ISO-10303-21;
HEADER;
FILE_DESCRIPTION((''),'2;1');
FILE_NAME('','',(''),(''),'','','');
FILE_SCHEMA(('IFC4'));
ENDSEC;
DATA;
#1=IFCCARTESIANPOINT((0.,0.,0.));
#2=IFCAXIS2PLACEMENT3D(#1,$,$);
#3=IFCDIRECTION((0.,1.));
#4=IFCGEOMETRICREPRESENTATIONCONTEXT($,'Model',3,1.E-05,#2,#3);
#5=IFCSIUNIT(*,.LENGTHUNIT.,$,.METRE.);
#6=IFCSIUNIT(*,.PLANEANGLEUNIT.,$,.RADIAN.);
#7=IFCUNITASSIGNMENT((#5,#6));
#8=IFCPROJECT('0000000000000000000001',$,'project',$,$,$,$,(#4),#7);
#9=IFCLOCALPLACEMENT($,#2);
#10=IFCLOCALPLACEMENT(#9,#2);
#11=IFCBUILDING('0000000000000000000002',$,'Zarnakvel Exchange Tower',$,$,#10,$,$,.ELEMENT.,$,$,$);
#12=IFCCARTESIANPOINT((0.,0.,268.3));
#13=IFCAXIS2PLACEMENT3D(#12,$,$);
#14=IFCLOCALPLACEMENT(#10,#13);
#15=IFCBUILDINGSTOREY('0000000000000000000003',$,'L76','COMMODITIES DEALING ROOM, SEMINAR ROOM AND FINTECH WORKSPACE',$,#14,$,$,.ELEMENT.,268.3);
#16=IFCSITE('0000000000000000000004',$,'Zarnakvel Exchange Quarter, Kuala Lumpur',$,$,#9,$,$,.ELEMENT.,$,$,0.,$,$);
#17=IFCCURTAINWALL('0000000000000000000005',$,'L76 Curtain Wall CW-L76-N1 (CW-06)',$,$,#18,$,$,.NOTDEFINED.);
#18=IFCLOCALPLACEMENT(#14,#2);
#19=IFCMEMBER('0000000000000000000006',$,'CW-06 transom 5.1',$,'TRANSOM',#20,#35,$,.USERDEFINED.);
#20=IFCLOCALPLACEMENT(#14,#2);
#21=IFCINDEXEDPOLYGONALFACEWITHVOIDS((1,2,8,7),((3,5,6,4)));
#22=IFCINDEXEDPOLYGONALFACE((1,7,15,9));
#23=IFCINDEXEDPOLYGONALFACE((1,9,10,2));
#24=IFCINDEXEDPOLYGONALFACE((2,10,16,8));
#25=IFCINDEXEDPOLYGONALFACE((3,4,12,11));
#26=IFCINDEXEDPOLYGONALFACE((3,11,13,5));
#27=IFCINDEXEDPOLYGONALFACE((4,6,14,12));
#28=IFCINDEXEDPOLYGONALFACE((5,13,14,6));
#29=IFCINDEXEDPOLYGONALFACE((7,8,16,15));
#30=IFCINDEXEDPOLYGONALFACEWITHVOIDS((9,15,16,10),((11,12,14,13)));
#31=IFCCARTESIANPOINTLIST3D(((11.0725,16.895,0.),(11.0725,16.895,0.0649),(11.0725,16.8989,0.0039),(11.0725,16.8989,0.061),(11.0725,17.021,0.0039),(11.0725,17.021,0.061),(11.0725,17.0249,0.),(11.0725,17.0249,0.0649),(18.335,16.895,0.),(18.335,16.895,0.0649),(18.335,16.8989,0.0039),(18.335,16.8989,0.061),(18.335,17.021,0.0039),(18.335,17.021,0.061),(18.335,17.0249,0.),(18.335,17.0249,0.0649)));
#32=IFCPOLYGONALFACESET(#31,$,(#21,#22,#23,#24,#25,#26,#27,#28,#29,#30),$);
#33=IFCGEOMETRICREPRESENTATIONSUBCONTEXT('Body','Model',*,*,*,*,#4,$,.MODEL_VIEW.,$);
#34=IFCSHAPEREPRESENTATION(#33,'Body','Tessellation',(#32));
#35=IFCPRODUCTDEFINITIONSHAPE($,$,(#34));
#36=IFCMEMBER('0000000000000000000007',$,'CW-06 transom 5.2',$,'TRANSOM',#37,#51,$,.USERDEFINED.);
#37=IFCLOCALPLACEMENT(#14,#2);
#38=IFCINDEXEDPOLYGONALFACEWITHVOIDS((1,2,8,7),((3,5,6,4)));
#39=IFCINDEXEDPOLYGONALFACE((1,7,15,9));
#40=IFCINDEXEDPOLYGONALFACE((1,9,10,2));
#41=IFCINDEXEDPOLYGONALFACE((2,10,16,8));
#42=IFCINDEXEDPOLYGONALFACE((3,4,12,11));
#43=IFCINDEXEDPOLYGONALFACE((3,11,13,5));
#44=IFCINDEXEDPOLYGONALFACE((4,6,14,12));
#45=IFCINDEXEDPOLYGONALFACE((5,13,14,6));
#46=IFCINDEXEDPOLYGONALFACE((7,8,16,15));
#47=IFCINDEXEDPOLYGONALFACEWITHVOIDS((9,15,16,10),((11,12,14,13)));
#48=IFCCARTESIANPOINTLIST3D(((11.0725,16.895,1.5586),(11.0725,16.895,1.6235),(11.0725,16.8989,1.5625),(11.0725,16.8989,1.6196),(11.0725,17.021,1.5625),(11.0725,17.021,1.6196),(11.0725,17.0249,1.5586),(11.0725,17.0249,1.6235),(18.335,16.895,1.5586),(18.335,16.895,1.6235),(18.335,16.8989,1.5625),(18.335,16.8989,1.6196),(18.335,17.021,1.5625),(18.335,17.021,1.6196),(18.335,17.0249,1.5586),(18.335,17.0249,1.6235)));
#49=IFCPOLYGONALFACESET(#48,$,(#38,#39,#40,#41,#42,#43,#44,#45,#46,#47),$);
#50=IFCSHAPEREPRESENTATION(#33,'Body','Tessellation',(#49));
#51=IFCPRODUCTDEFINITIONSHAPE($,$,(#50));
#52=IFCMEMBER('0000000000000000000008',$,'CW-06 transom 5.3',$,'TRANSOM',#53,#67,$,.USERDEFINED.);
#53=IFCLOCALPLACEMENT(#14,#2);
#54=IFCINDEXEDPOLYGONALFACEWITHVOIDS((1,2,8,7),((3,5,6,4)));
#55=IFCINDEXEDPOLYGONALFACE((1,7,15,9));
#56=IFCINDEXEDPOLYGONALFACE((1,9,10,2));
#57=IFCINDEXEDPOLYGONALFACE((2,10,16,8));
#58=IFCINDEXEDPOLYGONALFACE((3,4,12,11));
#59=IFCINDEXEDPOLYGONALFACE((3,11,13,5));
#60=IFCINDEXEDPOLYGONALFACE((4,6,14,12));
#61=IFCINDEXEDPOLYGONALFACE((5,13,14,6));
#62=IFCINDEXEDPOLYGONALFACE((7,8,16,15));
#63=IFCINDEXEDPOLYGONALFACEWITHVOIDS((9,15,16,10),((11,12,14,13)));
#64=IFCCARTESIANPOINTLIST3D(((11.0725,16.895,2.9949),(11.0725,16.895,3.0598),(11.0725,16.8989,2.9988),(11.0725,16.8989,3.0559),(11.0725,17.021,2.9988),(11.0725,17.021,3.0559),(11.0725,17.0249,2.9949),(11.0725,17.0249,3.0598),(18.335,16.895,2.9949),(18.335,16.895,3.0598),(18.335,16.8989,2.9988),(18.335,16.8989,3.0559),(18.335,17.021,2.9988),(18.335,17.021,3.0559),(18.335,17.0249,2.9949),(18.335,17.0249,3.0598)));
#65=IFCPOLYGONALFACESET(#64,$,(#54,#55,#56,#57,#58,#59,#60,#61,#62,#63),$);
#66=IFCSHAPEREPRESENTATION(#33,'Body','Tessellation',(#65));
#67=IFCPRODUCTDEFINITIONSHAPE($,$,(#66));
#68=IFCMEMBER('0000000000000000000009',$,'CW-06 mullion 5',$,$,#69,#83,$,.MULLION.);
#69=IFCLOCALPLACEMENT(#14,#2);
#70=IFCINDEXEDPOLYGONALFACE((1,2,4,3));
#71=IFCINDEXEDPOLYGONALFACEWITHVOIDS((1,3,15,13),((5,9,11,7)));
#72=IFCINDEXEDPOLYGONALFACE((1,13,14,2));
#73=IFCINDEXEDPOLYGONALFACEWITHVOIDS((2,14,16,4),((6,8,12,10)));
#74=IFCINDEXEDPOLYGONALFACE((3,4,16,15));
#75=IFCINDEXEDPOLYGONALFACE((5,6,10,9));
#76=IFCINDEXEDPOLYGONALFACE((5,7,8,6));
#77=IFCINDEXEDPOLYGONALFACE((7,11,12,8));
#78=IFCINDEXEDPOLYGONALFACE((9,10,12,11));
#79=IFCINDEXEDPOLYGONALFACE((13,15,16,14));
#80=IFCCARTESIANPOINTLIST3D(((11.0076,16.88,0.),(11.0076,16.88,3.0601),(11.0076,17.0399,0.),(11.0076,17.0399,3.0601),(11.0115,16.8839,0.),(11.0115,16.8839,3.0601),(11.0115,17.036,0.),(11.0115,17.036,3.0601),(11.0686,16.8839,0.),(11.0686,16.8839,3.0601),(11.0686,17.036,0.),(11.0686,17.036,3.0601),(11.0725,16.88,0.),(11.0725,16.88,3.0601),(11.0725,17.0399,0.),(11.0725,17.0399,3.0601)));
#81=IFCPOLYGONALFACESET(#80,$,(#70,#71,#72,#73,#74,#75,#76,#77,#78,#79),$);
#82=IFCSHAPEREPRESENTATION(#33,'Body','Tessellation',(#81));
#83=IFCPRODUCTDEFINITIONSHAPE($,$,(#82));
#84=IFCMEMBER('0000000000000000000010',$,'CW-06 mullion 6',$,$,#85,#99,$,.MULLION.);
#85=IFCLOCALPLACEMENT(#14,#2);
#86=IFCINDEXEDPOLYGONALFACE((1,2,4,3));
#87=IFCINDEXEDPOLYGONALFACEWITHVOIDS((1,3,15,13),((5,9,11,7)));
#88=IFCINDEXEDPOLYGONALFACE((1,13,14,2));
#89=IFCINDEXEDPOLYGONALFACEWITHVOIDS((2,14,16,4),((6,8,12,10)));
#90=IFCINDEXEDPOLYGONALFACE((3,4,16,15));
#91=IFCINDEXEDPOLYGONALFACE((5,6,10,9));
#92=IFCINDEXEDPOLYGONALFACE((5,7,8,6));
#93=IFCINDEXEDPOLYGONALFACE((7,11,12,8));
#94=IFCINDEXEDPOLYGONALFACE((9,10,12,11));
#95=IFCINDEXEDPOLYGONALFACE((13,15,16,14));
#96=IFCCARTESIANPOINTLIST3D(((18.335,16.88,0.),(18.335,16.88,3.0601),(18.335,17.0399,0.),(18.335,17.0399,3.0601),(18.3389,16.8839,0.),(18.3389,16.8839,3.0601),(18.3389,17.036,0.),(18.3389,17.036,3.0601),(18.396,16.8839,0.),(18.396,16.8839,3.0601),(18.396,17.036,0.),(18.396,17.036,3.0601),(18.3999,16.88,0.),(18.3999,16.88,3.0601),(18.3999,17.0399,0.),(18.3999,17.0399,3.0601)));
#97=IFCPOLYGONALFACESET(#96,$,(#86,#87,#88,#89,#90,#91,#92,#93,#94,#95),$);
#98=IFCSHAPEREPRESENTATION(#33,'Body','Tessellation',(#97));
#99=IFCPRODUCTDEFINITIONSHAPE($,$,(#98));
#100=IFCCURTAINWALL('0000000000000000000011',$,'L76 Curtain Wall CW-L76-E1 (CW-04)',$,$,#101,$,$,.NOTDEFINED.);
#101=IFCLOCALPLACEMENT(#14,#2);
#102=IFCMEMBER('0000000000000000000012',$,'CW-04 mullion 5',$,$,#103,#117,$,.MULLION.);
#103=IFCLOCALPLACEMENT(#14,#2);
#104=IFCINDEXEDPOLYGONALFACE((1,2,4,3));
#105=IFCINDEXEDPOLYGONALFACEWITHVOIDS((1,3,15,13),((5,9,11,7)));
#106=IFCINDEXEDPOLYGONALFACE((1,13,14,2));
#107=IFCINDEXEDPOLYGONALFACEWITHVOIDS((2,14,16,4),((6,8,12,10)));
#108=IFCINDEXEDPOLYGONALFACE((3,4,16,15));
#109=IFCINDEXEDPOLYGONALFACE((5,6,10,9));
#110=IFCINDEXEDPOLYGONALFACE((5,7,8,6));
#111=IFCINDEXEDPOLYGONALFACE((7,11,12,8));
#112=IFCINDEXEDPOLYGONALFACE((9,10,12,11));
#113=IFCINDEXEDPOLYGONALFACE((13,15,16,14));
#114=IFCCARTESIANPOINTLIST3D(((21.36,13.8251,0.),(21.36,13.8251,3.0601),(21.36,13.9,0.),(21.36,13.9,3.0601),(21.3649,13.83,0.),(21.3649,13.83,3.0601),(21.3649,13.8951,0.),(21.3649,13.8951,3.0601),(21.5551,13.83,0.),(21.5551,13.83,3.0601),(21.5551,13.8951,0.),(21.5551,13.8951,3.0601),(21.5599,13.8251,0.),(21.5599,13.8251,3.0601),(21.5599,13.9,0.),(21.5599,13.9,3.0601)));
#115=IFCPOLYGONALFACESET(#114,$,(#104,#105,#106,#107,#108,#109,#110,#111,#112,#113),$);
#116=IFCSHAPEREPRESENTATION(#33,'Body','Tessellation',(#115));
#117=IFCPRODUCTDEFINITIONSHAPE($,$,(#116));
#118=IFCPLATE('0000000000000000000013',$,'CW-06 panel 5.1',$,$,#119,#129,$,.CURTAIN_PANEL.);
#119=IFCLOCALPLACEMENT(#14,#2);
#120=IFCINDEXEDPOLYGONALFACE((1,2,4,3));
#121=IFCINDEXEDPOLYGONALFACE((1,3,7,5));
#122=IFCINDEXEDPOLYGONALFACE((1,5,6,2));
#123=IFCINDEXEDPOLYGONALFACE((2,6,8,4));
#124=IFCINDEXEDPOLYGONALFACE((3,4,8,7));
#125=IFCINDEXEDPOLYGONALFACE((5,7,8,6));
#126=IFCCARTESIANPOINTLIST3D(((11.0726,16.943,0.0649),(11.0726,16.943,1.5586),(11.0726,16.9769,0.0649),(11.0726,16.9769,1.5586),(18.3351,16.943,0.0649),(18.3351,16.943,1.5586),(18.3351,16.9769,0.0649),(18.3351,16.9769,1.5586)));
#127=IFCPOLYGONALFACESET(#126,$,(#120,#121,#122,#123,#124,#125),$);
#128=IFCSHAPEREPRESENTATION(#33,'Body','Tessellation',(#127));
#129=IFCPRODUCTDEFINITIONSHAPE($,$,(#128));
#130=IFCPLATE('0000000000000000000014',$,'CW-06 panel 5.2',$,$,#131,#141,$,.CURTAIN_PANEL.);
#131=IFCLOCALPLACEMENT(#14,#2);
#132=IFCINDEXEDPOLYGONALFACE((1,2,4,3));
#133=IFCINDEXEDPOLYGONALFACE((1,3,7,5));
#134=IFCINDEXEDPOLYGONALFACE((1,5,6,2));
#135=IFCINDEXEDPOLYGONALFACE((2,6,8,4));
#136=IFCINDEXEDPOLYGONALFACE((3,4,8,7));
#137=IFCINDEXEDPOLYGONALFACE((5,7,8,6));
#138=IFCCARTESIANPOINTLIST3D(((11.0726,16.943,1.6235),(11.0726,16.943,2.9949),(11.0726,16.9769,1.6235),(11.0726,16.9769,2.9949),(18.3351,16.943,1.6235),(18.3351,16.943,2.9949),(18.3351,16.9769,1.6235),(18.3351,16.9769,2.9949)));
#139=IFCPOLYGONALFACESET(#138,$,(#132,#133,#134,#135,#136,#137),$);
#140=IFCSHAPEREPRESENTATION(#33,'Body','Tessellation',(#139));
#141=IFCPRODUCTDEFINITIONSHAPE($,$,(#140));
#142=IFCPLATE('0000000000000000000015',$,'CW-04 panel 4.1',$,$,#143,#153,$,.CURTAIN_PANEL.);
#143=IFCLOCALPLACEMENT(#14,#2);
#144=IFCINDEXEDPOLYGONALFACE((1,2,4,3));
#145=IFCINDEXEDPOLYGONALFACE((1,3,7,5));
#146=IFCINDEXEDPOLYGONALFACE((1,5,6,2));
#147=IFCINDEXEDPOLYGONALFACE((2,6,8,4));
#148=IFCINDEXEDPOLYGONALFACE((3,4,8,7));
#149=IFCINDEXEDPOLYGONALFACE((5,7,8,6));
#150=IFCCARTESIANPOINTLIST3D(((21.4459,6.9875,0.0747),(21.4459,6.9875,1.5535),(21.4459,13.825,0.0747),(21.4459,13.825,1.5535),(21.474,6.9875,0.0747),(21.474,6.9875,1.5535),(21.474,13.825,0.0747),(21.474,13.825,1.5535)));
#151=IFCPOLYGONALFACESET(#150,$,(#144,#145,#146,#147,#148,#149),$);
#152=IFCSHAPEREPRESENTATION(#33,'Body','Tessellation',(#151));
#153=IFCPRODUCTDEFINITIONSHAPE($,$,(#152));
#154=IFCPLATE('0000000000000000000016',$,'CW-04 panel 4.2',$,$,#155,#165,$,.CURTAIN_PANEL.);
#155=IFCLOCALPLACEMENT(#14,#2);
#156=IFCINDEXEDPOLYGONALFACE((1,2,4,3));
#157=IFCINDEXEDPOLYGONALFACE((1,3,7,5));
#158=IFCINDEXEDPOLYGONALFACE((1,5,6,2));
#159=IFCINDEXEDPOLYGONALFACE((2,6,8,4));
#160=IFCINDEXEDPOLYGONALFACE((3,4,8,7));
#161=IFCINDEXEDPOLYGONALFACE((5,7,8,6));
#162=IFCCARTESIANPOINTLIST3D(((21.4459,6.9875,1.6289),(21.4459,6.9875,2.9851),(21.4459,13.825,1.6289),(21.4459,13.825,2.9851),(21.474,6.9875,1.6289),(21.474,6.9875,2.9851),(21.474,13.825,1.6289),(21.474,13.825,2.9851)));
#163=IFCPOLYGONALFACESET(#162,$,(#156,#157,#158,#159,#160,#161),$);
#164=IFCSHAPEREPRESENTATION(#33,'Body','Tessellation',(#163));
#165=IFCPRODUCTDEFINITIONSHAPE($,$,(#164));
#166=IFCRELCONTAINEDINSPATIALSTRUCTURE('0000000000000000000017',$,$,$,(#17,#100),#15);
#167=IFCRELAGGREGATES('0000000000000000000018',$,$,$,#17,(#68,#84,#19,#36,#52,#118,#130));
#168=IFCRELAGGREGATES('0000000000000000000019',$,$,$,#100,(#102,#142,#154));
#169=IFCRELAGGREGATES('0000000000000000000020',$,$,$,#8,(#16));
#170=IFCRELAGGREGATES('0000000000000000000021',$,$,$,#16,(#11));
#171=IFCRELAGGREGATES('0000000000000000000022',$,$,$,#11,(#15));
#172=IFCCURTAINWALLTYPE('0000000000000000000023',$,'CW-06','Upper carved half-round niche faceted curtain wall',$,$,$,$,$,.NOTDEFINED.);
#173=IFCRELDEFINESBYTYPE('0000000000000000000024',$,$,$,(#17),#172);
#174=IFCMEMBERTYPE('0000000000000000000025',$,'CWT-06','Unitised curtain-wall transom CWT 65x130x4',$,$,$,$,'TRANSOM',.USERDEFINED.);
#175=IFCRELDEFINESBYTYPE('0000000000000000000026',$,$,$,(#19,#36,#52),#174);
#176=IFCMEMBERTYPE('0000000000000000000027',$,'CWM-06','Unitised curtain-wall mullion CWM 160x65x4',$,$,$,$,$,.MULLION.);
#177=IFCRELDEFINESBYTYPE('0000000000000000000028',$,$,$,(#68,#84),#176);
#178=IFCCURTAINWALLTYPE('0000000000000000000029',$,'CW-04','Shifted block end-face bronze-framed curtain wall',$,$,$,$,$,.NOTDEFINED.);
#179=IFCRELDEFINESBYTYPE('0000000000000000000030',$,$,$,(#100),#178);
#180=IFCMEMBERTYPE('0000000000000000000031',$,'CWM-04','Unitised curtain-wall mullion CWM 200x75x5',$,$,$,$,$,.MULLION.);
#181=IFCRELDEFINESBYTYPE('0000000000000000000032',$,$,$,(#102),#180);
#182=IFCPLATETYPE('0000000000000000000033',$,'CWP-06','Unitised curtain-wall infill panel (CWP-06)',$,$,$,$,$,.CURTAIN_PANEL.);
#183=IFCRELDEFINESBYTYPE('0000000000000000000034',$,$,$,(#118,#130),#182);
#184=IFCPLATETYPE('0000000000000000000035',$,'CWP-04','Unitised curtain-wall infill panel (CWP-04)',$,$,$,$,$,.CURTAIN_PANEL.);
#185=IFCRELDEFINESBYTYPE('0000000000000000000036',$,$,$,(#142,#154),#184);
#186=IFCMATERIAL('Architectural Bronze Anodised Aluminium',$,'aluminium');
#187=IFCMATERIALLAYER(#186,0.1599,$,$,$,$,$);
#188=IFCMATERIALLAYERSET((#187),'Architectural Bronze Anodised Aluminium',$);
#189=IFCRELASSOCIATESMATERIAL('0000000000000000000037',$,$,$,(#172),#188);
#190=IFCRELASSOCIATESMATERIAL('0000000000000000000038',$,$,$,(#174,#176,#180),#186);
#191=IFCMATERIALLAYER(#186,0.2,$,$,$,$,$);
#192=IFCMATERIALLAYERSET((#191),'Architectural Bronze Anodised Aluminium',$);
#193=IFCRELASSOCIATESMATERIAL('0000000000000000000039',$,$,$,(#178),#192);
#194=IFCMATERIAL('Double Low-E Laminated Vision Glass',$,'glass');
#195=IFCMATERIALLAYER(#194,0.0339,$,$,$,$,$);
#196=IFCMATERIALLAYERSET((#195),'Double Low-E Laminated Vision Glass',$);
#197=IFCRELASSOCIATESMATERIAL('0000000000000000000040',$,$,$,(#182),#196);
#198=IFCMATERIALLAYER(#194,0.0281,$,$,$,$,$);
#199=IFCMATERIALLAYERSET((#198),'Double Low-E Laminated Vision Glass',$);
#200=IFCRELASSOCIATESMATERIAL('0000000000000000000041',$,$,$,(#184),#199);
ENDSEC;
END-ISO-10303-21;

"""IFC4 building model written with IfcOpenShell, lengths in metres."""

from ifc_helpers import new_model, si_unit, direction, frame, origin, origin_2d, place, context, subcontext, project, spatial, rectangle, hollow_rectangle, extrude, source, transform, mapped, material, layer, layer_set, material_profile, profile_set, type_object, element, aggregate, save


model = new_model("IFC4")

# Units and contexts
model_context = context("Model", 3, precision=1e-05, world=origin(), true_north=direction((0.0, 1.0)))
body_context = subcontext(model_context, "Body", "Model", "MODEL_VIEW")
ifc_project = project(units=[si_unit("LENGTHUNIT", "METRE"), si_unit("PLANEANGLEUNIT", "RADIAN")], contexts=[model_context])

# Site, building, storey
site_placement = place(None, origin())
site = spatial("IfcSite", under=ifc_project, at=site_placement, Name="Zarnakvel Exchange Quarter, Kuala Lumpur", CompositionType="ELEMENT", RefElevation=0.0)
building_placement = place(site_placement, origin())
building = spatial("IfcBuilding", under=site, at=building_placement, Name="Zarnakvel Exchange Tower", CompositionType="ELEMENT")
storey_placement = place(building_placement, frame((0.0, 0.0, 268.3)))
storey = spatial("IfcBuildingStorey", under=building, at=storey_placement, Name="L76", Description="COMMODITIES DEALING ROOM, SEMINAR ROOM AND FINTECH WORKSPACE", CompositionType="ELEMENT", Elevation=268.3)

# Curtain wall, members
ifc_material_1 = material(Name="Architectural Bronze Anodised Aluminium", Category="aluminium")
ifc_layer_1 = layer(ifc_material_1, 0.1599)
ifc_layer_set_1 = layer_set([ifc_layer_1], Name="Architectural Bronze Anodised Aluminium")
curtain_wall_type_1 = type_object("IfcCurtainWallType", Name="CW-06", Description="Upper carved half-round niche faceted curtain wall", PredefinedType="NOTDEFINED", material=ifc_layer_set_1)
curtain_wall_1_placement = place(storey_placement, origin())
curtain_wall_1 = element("IfcCurtainWall", 1, at=curtain_wall_1_placement, inside=storey, type_object=curtain_wall_type_1, Name="L76 Curtain Wall CW-L76-N1 (CW-06)", PredefinedType="NOTDEFINED")
ifc_material_profile_1 = material_profile(ifc_material_1, hollow_rectangle(XDim=0.1299, YDim=0.0649, WallThickness=0.0039, at=origin_2d()))
ifc_profile_set_1 = profile_set([ifc_material_profile_1], Name="Architectural Bronze Anodised Aluminium")
member_type_1 = type_object("IfcMemberType", Name="CWT-06", Description="Unitised curtain-wall transom CWT 65x130x4", ElementType="TRANSOM", PredefinedType="USERDEFINED", material=ifc_profile_set_1)
shared_shape_1 = source(origin(), body_context, "Body", "SweptSolid", [
    extrude(hollow_rectangle(XDim=0.1299, YDim=0.0649, WallThickness=0.0039, at=origin_2d()), origin(), (0.0, 0.0, 1.0), 7.2625),
])
member_1_placement = place(storey_placement, frame((11.0725, 16.96, 0.0325), z_axis=(1.0, 0.0, 0.0), x_axis=(0.0, 1.0, 0.0)))
member_1 = element("IfcMember", 2, at=member_1_placement, type_object=member_type_1, Name="CW-06 transom 5.1", ObjectType="TRANSOM", PredefinedType="USERDEFINED", context=body_context, shape_type="MappedRepresentation", body=[
    mapped(shared_shape_1, transform((0.0, 0.0, 0.0), x_axis=(1.0, 0.0, 0.0), y_axis=(0.0, 1.0, 0.0), z_axis=(0.0, 0.0, 1.0), scale=1.0)),
])
member_2_placement = place(storey_placement, frame((11.0725, 16.96, 1.5911), z_axis=(1.0, 0.0, 0.0), x_axis=(0.0, 1.0, 0.0)))
member_2 = element("IfcMember", 3, at=member_2_placement, type_object=member_type_1, Name="CW-06 transom 5.2", ObjectType="TRANSOM", PredefinedType="USERDEFINED", context=body_context, shape_type="MappedRepresentation", body=[
    mapped(shared_shape_1, transform((0.0, 0.0, 0.0), x_axis=(1.0, 0.0, 0.0), y_axis=(0.0, 1.0, 0.0), z_axis=(0.0, 0.0, 1.0), scale=1.0)),
])
member_3_placement = place(storey_placement, frame((11.0725, 16.96, 3.0273), z_axis=(1.0, 0.0, 0.0), x_axis=(0.0, 1.0, 0.0)))
member_3 = element("IfcMember", 4, at=member_3_placement, type_object=member_type_1, Name="CW-06 transom 5.3", ObjectType="TRANSOM", PredefinedType="USERDEFINED", context=body_context, shape_type="MappedRepresentation", body=[
    mapped(shared_shape_1, transform((0.0, 0.0, 0.0), x_axis=(1.0, 0.0, 0.0), y_axis=(0.0, 1.0, 0.0), z_axis=(0.0, 0.0, 1.0), scale=1.0)),
])
ifc_material_profile_2 = material_profile(ifc_material_1, hollow_rectangle(XDim=0.1599, YDim=0.0649, WallThickness=0.0039, at=origin_2d()))
ifc_profile_set_2 = profile_set([ifc_material_profile_2], Name="Architectural Bronze Anodised Aluminium")
member_type_2 = type_object("IfcMemberType", Name="CWM-06", Description="Unitised curtain-wall mullion CWM 160x65x4", PredefinedType="MULLION", material=ifc_profile_set_2)
shared_shape_2 = source(origin(), body_context, "Body", "SweptSolid", [
    extrude(hollow_rectangle(XDim=0.1599, YDim=0.0649, WallThickness=0.0039, at=origin_2d()), origin(), (0.0, 0.0, 1.0), 3.0601),
])
member_4_placement = place(storey_placement, frame((11.04, 16.96, 0.0), z_axis=(0.0, 0.0, 1.0), x_axis=(0.0, 1.0, 0.0)))
member_4 = element("IfcMember", 5, at=member_4_placement, type_object=member_type_2, Name="CW-06 mullion 5", PredefinedType="MULLION", context=body_context, shape_type="MappedRepresentation", body=[
    mapped(shared_shape_2, transform((0.0, 0.0, 0.0), x_axis=(1.0, 0.0, 0.0), y_axis=(0.0, 1.0, 0.0), z_axis=(0.0, 0.0, 1.0), scale=1.0)),
])
member_5_placement = place(storey_placement, frame((18.3674, 16.96, 0.0), z_axis=(0.0, 0.0, 1.0), x_axis=(0.0, 1.0, 0.0)))
member_5 = element("IfcMember", 6, at=member_5_placement, type_object=member_type_2, Name="CW-06 mullion 6", PredefinedType="MULLION", context=body_context, shape_type="MappedRepresentation", body=[
    mapped(shared_shape_2, transform((0.0, 0.0, 0.0), x_axis=(1.0, 0.0, 0.0), y_axis=(0.0, 1.0, 0.0), z_axis=(0.0, 0.0, 1.0), scale=1.0)),
])

# Curtain wall, member
ifc_layer_2 = layer(ifc_material_1, 0.2)
ifc_layer_set_2 = layer_set([ifc_layer_2], Name="Architectural Bronze Anodised Aluminium")
curtain_wall_type_2 = type_object("IfcCurtainWallType", Name="CW-04", Description="Shifted block end-face bronze-framed curtain wall", PredefinedType="NOTDEFINED", material=ifc_layer_set_2)
curtain_wall_2_placement = place(storey_placement, origin())
curtain_wall_2 = element("IfcCurtainWall", 7, at=curtain_wall_2_placement, inside=storey, type_object=curtain_wall_type_2, Name="L76 Curtain Wall CW-L76-E1 (CW-04)", PredefinedType="NOTDEFINED")
ifc_material_profile_3 = material_profile(ifc_material_1, hollow_rectangle(XDim=0.2, YDim=0.075, WallThickness=0.0049, at=origin_2d()))
ifc_profile_set_3 = profile_set([ifc_material_profile_3], Name="Architectural Bronze Anodised Aluminium")
member_type_3 = type_object("IfcMemberType", Name="CWM-04", Description="Unitised curtain-wall mullion CWM 200x75x5", PredefinedType="MULLION", material=ifc_profile_set_3)
shared_shape_3 = source(origin(), body_context, "Body", "SweptSolid", [
    extrude(hollow_rectangle(XDim=0.2, YDim=0.075, WallThickness=0.0049, at=origin_2d()), origin(), (0.0, 0.0, 1.0), 3.0601),
])
member_6_placement = place(storey_placement, frame((21.46, 13.8625, 0.0), z_axis=(0.0, 0.0, 1.0), x_axis=(-1.0, 0.0, 0.0)))
member_6 = element("IfcMember", 8, at=member_6_placement, type_object=member_type_3, Name="CW-04 mullion 5", PredefinedType="MULLION", context=body_context, shape_type="MappedRepresentation", body=[
    mapped(shared_shape_3, transform((0.0, 0.0, 0.0), x_axis=(1.0, 0.0, 0.0), y_axis=(0.0, 1.0, 0.0), z_axis=(0.0, 0.0, 1.0), scale=1.0)),
])

# Plates
ifc_material_2 = material(Name="Double Low-E Laminated Vision Glass", Category="glass")
ifc_layer_3 = layer(ifc_material_2, 0.0339)
ifc_layer_set_3 = layer_set([ifc_layer_3], Name="Double Low-E Laminated Vision Glass")
plate_type_1 = type_object("IfcPlateType", Name="CWP-06", Description="Unitised curtain-wall infill panel (CWP-06)", PredefinedType="CURTAIN_PANEL", material=ifc_layer_set_3)
shared_shape_4 = source(origin(), body_context, "Body", "SweptSolid", [
    extrude(rectangle(XDim=7.2625, YDim=0.0339, at=origin_2d()), origin(), (0.0, 0.0, 1.0), 1.4937),
])
plate_1_placement = place(storey_placement, frame((14.7039, 16.96, 0.0649), z_axis=(0.0, 0.0, 1.0), x_axis=(1.0, 0.0, 0.0)))
plate_1 = element("IfcPlate", 9, at=plate_1_placement, type_object=plate_type_1, Name="CW-06 panel 5.1", PredefinedType="CURTAIN_PANEL", context=body_context, shape_type="MappedRepresentation", body=[
    mapped(shared_shape_4, transform((0.0, 0.0, 0.0), x_axis=(1.0, 0.0, 0.0), y_axis=(0.0, 1.0, 0.0), z_axis=(0.0, 0.0, 1.0), scale=1.0)),
])
shared_shape_5 = source(origin(), body_context, "Body", "SweptSolid", [
    extrude(rectangle(XDim=7.2625, YDim=0.0339, at=origin_2d()), origin(), (0.0, 0.0, 1.0), 1.3713),
])
plate_2_placement = place(storey_placement, frame((14.7039, 16.96, 1.6235), z_axis=(0.0, 0.0, 1.0), x_axis=(1.0, 0.0, 0.0)))
plate_2 = element("IfcPlate", 10, at=plate_2_placement, type_object=plate_type_1, Name="CW-06 panel 5.2", PredefinedType="CURTAIN_PANEL", context=body_context, shape_type="MappedRepresentation", body=[
    mapped(shared_shape_5, transform((0.0, 0.0, 0.0), x_axis=(1.0, 0.0, 0.0), y_axis=(0.0, 1.0, 0.0), z_axis=(0.0, 0.0, 1.0), scale=1.0)),
])
aggregate(curtain_wall_1, [member_4, member_5, member_1, member_2, member_3, plate_1, plate_2])
ifc_layer_4 = layer(ifc_material_2, 0.0281)
ifc_layer_set_4 = layer_set([ifc_layer_4], Name="Double Low-E Laminated Vision Glass")
plate_type_2 = type_object("IfcPlateType", Name="CWP-04", Description="Unitised curtain-wall infill panel (CWP-04)", PredefinedType="CURTAIN_PANEL", material=ifc_layer_set_4)
shared_shape_6 = source(origin(), body_context, "Body", "SweptSolid", [
    extrude(rectangle(XDim=6.8374, YDim=0.0281, at=origin_2d()), origin(), (0.0, 0.0, 1.0), 1.4788),
])
plate_3_placement = place(storey_placement, frame((21.46, 10.4062, 0.0747), z_axis=(0.0, 0.0, 1.0), x_axis=(0.0, 1.0, 0.0)))
plate_3 = element("IfcPlate", 11, at=plate_3_placement, type_object=plate_type_2, Name="CW-04 panel 4.1", PredefinedType="CURTAIN_PANEL", context=body_context, shape_type="MappedRepresentation", body=[
    mapped(shared_shape_6, transform((0.0, 0.0, 0.0), x_axis=(1.0, 0.0, 0.0), y_axis=(0.0, 1.0, 0.0), z_axis=(0.0, 0.0, 1.0), scale=1.0)),
])
shared_shape_7 = source(origin(), body_context, "Body", "SweptSolid", [
    extrude(rectangle(XDim=6.8374, YDim=0.0281, at=origin_2d()), origin(), (0.0, 0.0, 1.0), 1.3562),
])
plate_4_placement = place(storey_placement, frame((21.46, 10.4062, 1.6289), z_axis=(0.0, 0.0, 1.0), x_axis=(0.0, 1.0, 0.0)))
plate_4 = element("IfcPlate", 12, at=plate_4_placement, type_object=plate_type_2, Name="CW-04 panel 4.2", PredefinedType="CURTAIN_PANEL", context=body_context, shape_type="MappedRepresentation", body=[
    mapped(shared_shape_7, transform((0.0, 0.0, 0.0), x_axis=(1.0, 0.0, 0.0), y_axis=(0.0, 1.0, 0.0), z_axis=(0.0, 0.0, 1.0), scale=1.0)),
])
aggregate(curtain_wall_2, [member_6, plate_3, plate_4])

save(model, "model.ifc")
